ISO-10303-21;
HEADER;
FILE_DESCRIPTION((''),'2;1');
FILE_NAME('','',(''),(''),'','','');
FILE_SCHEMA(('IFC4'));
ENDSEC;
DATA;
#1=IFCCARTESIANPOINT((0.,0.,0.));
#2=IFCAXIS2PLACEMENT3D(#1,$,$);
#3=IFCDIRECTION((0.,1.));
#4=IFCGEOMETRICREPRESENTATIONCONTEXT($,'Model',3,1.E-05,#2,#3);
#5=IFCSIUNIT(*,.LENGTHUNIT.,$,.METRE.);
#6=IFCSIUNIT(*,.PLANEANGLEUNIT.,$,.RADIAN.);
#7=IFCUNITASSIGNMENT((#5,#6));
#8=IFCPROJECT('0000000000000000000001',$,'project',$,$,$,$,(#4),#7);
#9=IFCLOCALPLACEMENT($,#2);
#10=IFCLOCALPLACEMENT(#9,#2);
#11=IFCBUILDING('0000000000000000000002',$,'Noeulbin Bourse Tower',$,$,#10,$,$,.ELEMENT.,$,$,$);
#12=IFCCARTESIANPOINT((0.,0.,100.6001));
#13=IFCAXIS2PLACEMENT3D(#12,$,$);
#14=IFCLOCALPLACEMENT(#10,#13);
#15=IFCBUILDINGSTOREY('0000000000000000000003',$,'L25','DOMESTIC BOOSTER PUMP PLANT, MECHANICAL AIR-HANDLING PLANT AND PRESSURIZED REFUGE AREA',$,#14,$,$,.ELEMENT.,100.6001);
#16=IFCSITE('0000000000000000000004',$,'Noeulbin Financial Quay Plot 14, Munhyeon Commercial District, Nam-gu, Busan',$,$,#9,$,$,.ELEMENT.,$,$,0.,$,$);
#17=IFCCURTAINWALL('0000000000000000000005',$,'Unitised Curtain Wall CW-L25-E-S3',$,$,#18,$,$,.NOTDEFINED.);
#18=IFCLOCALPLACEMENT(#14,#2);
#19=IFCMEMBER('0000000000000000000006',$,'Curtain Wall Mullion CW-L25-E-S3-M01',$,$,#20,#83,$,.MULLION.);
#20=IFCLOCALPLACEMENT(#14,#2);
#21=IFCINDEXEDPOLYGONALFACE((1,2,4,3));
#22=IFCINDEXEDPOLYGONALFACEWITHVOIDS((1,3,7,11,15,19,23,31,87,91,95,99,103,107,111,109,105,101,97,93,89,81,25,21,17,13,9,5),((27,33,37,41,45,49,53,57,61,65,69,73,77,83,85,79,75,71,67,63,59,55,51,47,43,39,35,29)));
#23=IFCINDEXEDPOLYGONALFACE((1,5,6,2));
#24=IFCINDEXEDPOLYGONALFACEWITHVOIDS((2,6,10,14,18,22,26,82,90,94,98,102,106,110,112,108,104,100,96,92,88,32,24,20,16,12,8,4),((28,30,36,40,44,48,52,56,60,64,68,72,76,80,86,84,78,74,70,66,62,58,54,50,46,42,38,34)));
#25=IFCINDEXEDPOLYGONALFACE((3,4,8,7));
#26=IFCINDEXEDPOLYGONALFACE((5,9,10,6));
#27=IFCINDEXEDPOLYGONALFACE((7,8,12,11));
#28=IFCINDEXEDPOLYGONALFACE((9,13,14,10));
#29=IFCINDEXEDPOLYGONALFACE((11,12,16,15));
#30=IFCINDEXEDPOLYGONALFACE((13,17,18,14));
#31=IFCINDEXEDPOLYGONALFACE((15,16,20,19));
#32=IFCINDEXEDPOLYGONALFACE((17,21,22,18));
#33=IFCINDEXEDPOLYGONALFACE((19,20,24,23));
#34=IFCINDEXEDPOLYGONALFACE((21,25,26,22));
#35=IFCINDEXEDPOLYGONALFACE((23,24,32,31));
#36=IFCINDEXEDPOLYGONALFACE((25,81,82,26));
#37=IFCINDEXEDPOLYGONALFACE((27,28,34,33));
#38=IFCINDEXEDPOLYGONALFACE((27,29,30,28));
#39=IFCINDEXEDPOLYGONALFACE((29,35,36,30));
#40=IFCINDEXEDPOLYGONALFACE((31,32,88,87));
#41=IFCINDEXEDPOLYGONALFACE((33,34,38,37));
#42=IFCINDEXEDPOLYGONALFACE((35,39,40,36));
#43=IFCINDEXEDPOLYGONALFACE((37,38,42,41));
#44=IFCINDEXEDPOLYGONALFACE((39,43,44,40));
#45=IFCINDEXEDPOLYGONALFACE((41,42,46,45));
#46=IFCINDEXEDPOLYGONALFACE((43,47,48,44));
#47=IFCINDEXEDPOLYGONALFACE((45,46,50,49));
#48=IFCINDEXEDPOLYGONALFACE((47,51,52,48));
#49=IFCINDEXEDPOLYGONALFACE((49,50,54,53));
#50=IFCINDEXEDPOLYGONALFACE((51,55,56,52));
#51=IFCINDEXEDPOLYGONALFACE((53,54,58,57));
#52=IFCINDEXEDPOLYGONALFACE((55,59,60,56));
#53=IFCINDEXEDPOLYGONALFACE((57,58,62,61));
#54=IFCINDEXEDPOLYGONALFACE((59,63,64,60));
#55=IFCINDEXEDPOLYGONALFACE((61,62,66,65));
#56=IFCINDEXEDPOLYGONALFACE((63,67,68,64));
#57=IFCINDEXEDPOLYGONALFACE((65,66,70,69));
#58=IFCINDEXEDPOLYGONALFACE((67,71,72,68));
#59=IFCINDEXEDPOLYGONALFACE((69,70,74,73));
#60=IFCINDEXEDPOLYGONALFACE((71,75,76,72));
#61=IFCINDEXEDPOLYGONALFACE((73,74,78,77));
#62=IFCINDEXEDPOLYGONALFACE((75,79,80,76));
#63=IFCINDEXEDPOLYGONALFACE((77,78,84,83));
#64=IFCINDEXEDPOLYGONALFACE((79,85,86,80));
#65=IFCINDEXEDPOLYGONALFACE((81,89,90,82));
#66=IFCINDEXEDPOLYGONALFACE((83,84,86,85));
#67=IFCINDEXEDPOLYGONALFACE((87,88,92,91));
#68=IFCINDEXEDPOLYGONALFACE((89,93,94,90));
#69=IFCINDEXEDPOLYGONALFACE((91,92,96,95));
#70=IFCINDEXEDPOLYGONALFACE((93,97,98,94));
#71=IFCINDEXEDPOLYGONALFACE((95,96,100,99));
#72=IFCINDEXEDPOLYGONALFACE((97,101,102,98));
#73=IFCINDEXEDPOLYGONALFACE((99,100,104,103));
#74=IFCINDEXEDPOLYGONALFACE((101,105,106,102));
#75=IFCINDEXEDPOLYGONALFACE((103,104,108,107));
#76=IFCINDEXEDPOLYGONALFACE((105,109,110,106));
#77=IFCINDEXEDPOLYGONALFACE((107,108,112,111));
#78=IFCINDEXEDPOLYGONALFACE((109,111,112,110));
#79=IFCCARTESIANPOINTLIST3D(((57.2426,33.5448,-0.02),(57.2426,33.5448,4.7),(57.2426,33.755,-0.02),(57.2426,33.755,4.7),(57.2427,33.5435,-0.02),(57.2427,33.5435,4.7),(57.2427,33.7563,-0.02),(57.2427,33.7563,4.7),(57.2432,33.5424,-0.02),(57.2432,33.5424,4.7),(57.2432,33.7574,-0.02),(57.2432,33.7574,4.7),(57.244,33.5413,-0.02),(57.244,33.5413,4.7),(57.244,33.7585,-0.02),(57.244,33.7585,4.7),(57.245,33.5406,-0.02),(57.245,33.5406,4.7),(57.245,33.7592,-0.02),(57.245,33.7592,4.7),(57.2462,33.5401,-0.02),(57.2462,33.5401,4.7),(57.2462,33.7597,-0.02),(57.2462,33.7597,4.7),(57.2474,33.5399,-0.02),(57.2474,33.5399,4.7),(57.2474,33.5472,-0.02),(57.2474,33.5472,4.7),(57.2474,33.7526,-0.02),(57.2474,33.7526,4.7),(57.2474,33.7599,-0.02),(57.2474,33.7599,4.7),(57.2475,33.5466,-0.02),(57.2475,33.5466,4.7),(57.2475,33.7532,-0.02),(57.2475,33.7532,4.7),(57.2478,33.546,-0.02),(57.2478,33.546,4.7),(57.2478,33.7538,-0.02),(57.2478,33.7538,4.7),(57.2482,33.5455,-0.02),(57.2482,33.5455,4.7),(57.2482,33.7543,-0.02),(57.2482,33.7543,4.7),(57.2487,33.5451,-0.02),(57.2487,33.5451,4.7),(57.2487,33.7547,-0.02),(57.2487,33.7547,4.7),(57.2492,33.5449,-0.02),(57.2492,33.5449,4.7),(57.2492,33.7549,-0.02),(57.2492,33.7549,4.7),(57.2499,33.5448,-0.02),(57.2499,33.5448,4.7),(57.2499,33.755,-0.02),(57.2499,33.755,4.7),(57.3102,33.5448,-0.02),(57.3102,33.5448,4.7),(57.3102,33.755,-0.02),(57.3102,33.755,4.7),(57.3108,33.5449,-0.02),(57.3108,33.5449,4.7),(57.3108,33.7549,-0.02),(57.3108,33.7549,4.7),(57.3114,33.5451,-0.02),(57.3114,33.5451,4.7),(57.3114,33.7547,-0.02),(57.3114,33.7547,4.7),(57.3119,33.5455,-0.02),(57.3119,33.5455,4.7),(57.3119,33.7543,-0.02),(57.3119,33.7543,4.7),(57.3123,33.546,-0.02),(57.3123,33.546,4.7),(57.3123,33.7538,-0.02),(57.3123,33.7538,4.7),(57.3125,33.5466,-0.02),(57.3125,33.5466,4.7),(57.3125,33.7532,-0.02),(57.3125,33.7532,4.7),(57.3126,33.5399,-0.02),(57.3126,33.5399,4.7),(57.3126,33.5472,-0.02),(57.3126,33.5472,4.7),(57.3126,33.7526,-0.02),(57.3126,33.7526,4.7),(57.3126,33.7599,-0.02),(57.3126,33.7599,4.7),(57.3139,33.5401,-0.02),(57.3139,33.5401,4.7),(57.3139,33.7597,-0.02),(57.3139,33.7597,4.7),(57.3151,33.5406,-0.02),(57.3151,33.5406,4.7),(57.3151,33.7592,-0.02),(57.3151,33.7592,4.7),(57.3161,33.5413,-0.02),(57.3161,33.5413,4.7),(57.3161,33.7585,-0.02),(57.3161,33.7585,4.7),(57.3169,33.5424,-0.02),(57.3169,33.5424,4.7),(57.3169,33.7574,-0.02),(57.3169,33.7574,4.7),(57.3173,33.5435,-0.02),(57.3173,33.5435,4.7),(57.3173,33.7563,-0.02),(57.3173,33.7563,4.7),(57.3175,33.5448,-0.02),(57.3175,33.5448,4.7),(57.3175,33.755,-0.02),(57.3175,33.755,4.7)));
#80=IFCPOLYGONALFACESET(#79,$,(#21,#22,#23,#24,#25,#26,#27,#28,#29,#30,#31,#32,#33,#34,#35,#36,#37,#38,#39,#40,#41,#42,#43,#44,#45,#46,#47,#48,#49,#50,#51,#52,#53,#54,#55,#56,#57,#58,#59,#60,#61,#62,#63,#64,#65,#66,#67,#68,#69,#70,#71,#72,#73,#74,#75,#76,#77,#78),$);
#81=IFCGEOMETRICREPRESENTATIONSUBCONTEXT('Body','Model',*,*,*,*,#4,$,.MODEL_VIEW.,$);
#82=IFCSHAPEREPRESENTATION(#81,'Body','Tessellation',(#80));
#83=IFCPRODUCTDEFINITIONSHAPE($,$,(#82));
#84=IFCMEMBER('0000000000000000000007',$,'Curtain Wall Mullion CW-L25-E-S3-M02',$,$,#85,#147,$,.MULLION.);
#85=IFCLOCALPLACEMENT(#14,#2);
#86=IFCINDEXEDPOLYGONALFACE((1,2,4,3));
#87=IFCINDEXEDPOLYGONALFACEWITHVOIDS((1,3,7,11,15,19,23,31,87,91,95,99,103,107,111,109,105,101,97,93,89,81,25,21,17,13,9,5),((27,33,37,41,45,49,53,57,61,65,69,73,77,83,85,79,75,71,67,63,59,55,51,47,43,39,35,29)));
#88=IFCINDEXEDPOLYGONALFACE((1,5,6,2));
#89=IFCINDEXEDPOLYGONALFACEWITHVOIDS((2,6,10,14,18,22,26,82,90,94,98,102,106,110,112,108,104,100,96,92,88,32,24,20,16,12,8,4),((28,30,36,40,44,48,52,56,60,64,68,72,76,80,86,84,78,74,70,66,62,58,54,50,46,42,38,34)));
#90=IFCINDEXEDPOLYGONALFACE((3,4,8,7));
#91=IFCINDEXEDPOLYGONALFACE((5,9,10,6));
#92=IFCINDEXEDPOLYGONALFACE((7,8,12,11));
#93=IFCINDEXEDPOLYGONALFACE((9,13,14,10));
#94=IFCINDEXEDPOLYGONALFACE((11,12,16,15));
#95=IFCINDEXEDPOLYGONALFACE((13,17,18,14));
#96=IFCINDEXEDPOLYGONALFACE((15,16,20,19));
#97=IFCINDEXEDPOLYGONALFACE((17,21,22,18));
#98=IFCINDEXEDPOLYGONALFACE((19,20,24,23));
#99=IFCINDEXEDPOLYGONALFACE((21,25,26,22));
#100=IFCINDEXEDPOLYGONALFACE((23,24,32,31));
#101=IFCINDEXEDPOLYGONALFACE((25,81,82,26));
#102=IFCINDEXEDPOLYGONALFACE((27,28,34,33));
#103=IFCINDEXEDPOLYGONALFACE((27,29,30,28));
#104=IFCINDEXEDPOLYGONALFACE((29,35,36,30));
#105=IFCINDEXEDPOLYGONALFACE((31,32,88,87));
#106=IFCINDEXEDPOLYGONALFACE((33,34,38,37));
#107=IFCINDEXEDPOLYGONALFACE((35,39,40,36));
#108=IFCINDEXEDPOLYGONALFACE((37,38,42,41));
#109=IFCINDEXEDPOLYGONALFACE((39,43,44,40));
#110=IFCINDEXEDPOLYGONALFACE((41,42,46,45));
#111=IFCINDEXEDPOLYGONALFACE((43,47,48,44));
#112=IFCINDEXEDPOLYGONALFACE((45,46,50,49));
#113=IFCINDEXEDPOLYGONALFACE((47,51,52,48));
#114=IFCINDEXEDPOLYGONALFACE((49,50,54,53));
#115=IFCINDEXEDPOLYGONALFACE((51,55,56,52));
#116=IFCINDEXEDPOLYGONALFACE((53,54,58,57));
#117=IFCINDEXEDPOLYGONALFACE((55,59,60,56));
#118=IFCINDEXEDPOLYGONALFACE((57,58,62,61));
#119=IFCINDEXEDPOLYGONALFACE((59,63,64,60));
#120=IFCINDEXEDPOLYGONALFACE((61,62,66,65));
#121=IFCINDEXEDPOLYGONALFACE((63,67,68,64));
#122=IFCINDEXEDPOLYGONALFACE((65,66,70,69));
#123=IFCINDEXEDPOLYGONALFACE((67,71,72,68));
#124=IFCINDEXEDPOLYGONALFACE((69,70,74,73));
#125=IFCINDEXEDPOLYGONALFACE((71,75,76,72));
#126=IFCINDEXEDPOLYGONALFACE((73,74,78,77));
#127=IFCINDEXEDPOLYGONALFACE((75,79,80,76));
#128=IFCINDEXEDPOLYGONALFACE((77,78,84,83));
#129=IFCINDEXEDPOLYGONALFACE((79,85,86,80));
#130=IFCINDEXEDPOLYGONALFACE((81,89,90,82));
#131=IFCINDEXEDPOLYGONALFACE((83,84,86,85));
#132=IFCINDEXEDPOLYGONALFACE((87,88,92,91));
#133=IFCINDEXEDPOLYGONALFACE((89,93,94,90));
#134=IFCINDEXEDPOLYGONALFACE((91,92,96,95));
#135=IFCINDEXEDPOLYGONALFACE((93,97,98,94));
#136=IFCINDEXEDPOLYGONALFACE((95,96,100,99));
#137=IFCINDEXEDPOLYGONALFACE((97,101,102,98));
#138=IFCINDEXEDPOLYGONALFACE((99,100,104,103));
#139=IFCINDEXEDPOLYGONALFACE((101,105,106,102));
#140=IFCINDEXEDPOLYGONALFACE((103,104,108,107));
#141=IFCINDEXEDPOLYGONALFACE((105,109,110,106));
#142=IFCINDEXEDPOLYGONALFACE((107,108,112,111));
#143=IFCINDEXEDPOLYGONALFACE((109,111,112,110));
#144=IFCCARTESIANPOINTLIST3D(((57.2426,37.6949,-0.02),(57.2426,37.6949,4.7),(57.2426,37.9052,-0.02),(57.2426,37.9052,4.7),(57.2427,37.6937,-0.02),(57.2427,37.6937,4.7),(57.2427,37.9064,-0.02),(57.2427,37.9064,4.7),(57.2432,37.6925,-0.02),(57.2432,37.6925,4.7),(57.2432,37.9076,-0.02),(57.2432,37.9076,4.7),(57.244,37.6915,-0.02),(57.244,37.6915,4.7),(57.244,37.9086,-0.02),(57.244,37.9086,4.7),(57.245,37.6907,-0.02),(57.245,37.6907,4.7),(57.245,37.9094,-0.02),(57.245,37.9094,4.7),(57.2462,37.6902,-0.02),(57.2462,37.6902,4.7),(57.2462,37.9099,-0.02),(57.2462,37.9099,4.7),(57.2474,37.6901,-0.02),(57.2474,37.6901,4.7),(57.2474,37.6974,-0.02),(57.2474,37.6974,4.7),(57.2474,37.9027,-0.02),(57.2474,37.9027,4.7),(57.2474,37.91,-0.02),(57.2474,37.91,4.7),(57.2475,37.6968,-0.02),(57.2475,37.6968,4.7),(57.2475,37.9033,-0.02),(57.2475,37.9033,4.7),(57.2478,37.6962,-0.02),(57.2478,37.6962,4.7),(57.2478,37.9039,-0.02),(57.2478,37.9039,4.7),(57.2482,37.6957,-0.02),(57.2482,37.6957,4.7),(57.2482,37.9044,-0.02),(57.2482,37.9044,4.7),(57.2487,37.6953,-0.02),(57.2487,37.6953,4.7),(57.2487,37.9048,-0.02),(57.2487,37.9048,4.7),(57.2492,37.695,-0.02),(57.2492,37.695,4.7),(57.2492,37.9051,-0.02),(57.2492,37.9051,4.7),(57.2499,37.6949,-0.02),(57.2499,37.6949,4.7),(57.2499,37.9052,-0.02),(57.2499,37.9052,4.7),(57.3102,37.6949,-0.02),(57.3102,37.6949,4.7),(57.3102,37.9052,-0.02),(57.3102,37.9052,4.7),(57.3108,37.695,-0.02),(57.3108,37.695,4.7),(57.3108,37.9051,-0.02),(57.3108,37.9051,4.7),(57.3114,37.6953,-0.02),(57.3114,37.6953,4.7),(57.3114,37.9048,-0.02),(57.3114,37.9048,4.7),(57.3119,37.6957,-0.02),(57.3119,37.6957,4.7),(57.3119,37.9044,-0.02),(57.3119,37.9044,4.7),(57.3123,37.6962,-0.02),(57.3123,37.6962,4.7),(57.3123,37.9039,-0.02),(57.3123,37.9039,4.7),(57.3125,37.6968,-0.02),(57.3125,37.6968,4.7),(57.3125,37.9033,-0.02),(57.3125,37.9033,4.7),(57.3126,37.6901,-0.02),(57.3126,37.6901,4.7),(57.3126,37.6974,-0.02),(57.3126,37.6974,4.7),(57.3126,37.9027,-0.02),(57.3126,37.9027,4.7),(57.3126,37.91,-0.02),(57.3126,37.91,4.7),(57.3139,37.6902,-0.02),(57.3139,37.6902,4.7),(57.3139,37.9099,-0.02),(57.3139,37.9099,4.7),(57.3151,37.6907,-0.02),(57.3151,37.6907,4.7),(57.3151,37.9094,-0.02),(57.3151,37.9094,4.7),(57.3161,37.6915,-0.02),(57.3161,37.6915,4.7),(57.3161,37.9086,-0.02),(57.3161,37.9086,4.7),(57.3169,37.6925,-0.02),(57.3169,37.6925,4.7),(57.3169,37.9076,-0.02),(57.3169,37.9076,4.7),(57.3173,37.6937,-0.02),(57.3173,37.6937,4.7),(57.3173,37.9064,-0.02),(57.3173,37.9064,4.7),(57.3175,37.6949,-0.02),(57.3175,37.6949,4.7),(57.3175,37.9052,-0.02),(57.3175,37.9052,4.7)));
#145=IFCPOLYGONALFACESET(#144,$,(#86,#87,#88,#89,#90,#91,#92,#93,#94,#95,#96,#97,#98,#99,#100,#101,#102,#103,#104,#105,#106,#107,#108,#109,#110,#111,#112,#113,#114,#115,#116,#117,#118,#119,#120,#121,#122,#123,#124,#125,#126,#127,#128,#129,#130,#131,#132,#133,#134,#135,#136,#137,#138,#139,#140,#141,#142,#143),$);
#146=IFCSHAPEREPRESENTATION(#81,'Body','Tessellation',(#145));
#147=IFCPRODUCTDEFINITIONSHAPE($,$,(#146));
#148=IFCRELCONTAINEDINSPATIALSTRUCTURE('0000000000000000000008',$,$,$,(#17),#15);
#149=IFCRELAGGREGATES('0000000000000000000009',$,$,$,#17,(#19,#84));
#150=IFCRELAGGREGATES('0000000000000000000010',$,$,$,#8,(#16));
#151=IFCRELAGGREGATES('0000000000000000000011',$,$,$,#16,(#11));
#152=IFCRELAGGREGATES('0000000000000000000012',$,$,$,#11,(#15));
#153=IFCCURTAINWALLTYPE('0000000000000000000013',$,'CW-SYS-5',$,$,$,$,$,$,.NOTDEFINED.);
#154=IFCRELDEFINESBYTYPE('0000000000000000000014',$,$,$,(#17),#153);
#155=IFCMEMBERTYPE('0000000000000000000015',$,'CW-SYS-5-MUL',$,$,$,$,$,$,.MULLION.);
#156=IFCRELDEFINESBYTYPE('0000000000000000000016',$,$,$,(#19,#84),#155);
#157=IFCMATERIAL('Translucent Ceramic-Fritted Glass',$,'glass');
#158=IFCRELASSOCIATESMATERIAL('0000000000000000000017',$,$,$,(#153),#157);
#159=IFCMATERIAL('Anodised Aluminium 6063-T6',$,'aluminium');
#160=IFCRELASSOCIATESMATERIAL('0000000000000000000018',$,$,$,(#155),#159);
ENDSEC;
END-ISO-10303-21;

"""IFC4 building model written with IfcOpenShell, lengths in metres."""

from ifc_helpers import new_model, si_unit, direction, frame, origin, origin_2d, place, context, subcontext, project, spatial, hollow_rectangle, extrude, material, material_profile, profile_set, type_object, element, aggregate, save


model = new_model("IFC4")

# Units and contexts
model_context = context("Model", 3, precision=1e-05, world=origin(), true_north=direction((0.0, 1.0)))
body_context = subcontext(model_context, "Body", "Model", "MODEL_VIEW")
ifc_project = project(units=[si_unit("LENGTHUNIT", "METRE"), si_unit("PLANEANGLEUNIT", "RADIAN")], contexts=[model_context])

# Site, building, storey
site_placement = place(None, origin())
site = spatial("IfcSite", under=ifc_project, at=site_placement, Name="Noeulbin Financial Quay Plot 14, Munhyeon Commercial District, Nam-gu, Busan", CompositionType="ELEMENT", RefElevation=0.0)
building_placement = place(site_placement, origin())
building = spatial("IfcBuilding", under=site, at=building_placement, Name="Noeulbin Bourse Tower", CompositionType="ELEMENT")
storey_placement = place(building_placement, frame((0.0, 0.0, 100.6001)))
storey = spatial("IfcBuildingStorey", under=building, at=storey_placement, Name="L25", Description="DOMESTIC BOOSTER PUMP PLANT, MECHANICAL AIR-HANDLING PLANT AND PRESSURIZED REFUGE AREA", CompositionType="ELEMENT", Elevation=100.6001)

# Curtain wall, members
ifc_material_1 = material(Name="Translucent Ceramic-Fritted Glass", Category="glass")
curtain_wall_type = type_object("IfcCurtainWallType", Name="CW-SYS-5", PredefinedType="NOTDEFINED", material=ifc_material_1)
ifc_material_2 = material(Name="Anodised Aluminium 6063-T6", Category="aluminium")
ifc_material_profile_1 = material_profile(ifc_material_2, hollow_rectangle(XDim=0.075, YDim=0.22, WallThickness=0.0049, InnerFilletRadius=0.0024, OuterFilletRadius=0.0049, at=origin_2d()), Name="ALU-MULL-75x220x5", Category="LoadBearing")
ifc_profile_set_1 = profile_set([ifc_material_profile_1], Name="Anodised Aluminium 6063-T6")
member_type_1 = type_object("IfcMemberType", Name="CW-SYS-5-MUL", PredefinedType="MULLION", material=ifc_profile_set_1)
curtain_wall_1_placement = place(storey_placement, origin())
curtain_wall_1 = element("IfcCurtainWall", 1, at=curtain_wall_1_placement, inside=storey, type_object=curtain_wall_type, Name="Unitised Curtain Wall CW-L25-E-S3", PredefinedType="NOTDEFINED")
member_1_placement = place(storey_placement, frame((57.28, 33.6499, -0.02), z_axis=(0.0, 0.0, 1.0), x_axis=(1.0, 0.0, 0.0)))
member_1 = element("IfcMember", 2, at=member_1_placement, type_object=member_type_1, Name="Curtain Wall Mullion CW-L25-E-S3-M01", PredefinedType="MULLION", context=body_context, shape_type="SweptSolid", body=[
    extrude(hollow_rectangle(XDim=0.075, YDim=0.22, WallThickness=0.0049, InnerFilletRadius=0.0024, OuterFilletRadius=0.0049, at=origin_2d()), origin(), (0.0, 0.0, 1.0), 4.72),
])
member_2_placement = place(storey_placement, frame((57.28, 37.8, -0.02), z_axis=(0.0, 0.0, 1.0), x_axis=(1.0, 0.0, 0.0)))
member_2 = element("IfcMember", 3, at=member_2_placement, type_object=member_type_1, Name="Curtain Wall Mullion CW-L25-E-S3-M02", PredefinedType="MULLION", context=body_context, shape_type="SweptSolid", body=[
    extrude(hollow_rectangle(XDim=0.075, YDim=0.22, WallThickness=0.0049, InnerFilletRadius=0.0024, OuterFilletRadius=0.0049, at=origin_2d()), origin(), (0.0, 0.0, 1.0), 4.72),
])

aggregate(curtain_wall_1, [member_1, member_2])

save(model, "model.ifc")
